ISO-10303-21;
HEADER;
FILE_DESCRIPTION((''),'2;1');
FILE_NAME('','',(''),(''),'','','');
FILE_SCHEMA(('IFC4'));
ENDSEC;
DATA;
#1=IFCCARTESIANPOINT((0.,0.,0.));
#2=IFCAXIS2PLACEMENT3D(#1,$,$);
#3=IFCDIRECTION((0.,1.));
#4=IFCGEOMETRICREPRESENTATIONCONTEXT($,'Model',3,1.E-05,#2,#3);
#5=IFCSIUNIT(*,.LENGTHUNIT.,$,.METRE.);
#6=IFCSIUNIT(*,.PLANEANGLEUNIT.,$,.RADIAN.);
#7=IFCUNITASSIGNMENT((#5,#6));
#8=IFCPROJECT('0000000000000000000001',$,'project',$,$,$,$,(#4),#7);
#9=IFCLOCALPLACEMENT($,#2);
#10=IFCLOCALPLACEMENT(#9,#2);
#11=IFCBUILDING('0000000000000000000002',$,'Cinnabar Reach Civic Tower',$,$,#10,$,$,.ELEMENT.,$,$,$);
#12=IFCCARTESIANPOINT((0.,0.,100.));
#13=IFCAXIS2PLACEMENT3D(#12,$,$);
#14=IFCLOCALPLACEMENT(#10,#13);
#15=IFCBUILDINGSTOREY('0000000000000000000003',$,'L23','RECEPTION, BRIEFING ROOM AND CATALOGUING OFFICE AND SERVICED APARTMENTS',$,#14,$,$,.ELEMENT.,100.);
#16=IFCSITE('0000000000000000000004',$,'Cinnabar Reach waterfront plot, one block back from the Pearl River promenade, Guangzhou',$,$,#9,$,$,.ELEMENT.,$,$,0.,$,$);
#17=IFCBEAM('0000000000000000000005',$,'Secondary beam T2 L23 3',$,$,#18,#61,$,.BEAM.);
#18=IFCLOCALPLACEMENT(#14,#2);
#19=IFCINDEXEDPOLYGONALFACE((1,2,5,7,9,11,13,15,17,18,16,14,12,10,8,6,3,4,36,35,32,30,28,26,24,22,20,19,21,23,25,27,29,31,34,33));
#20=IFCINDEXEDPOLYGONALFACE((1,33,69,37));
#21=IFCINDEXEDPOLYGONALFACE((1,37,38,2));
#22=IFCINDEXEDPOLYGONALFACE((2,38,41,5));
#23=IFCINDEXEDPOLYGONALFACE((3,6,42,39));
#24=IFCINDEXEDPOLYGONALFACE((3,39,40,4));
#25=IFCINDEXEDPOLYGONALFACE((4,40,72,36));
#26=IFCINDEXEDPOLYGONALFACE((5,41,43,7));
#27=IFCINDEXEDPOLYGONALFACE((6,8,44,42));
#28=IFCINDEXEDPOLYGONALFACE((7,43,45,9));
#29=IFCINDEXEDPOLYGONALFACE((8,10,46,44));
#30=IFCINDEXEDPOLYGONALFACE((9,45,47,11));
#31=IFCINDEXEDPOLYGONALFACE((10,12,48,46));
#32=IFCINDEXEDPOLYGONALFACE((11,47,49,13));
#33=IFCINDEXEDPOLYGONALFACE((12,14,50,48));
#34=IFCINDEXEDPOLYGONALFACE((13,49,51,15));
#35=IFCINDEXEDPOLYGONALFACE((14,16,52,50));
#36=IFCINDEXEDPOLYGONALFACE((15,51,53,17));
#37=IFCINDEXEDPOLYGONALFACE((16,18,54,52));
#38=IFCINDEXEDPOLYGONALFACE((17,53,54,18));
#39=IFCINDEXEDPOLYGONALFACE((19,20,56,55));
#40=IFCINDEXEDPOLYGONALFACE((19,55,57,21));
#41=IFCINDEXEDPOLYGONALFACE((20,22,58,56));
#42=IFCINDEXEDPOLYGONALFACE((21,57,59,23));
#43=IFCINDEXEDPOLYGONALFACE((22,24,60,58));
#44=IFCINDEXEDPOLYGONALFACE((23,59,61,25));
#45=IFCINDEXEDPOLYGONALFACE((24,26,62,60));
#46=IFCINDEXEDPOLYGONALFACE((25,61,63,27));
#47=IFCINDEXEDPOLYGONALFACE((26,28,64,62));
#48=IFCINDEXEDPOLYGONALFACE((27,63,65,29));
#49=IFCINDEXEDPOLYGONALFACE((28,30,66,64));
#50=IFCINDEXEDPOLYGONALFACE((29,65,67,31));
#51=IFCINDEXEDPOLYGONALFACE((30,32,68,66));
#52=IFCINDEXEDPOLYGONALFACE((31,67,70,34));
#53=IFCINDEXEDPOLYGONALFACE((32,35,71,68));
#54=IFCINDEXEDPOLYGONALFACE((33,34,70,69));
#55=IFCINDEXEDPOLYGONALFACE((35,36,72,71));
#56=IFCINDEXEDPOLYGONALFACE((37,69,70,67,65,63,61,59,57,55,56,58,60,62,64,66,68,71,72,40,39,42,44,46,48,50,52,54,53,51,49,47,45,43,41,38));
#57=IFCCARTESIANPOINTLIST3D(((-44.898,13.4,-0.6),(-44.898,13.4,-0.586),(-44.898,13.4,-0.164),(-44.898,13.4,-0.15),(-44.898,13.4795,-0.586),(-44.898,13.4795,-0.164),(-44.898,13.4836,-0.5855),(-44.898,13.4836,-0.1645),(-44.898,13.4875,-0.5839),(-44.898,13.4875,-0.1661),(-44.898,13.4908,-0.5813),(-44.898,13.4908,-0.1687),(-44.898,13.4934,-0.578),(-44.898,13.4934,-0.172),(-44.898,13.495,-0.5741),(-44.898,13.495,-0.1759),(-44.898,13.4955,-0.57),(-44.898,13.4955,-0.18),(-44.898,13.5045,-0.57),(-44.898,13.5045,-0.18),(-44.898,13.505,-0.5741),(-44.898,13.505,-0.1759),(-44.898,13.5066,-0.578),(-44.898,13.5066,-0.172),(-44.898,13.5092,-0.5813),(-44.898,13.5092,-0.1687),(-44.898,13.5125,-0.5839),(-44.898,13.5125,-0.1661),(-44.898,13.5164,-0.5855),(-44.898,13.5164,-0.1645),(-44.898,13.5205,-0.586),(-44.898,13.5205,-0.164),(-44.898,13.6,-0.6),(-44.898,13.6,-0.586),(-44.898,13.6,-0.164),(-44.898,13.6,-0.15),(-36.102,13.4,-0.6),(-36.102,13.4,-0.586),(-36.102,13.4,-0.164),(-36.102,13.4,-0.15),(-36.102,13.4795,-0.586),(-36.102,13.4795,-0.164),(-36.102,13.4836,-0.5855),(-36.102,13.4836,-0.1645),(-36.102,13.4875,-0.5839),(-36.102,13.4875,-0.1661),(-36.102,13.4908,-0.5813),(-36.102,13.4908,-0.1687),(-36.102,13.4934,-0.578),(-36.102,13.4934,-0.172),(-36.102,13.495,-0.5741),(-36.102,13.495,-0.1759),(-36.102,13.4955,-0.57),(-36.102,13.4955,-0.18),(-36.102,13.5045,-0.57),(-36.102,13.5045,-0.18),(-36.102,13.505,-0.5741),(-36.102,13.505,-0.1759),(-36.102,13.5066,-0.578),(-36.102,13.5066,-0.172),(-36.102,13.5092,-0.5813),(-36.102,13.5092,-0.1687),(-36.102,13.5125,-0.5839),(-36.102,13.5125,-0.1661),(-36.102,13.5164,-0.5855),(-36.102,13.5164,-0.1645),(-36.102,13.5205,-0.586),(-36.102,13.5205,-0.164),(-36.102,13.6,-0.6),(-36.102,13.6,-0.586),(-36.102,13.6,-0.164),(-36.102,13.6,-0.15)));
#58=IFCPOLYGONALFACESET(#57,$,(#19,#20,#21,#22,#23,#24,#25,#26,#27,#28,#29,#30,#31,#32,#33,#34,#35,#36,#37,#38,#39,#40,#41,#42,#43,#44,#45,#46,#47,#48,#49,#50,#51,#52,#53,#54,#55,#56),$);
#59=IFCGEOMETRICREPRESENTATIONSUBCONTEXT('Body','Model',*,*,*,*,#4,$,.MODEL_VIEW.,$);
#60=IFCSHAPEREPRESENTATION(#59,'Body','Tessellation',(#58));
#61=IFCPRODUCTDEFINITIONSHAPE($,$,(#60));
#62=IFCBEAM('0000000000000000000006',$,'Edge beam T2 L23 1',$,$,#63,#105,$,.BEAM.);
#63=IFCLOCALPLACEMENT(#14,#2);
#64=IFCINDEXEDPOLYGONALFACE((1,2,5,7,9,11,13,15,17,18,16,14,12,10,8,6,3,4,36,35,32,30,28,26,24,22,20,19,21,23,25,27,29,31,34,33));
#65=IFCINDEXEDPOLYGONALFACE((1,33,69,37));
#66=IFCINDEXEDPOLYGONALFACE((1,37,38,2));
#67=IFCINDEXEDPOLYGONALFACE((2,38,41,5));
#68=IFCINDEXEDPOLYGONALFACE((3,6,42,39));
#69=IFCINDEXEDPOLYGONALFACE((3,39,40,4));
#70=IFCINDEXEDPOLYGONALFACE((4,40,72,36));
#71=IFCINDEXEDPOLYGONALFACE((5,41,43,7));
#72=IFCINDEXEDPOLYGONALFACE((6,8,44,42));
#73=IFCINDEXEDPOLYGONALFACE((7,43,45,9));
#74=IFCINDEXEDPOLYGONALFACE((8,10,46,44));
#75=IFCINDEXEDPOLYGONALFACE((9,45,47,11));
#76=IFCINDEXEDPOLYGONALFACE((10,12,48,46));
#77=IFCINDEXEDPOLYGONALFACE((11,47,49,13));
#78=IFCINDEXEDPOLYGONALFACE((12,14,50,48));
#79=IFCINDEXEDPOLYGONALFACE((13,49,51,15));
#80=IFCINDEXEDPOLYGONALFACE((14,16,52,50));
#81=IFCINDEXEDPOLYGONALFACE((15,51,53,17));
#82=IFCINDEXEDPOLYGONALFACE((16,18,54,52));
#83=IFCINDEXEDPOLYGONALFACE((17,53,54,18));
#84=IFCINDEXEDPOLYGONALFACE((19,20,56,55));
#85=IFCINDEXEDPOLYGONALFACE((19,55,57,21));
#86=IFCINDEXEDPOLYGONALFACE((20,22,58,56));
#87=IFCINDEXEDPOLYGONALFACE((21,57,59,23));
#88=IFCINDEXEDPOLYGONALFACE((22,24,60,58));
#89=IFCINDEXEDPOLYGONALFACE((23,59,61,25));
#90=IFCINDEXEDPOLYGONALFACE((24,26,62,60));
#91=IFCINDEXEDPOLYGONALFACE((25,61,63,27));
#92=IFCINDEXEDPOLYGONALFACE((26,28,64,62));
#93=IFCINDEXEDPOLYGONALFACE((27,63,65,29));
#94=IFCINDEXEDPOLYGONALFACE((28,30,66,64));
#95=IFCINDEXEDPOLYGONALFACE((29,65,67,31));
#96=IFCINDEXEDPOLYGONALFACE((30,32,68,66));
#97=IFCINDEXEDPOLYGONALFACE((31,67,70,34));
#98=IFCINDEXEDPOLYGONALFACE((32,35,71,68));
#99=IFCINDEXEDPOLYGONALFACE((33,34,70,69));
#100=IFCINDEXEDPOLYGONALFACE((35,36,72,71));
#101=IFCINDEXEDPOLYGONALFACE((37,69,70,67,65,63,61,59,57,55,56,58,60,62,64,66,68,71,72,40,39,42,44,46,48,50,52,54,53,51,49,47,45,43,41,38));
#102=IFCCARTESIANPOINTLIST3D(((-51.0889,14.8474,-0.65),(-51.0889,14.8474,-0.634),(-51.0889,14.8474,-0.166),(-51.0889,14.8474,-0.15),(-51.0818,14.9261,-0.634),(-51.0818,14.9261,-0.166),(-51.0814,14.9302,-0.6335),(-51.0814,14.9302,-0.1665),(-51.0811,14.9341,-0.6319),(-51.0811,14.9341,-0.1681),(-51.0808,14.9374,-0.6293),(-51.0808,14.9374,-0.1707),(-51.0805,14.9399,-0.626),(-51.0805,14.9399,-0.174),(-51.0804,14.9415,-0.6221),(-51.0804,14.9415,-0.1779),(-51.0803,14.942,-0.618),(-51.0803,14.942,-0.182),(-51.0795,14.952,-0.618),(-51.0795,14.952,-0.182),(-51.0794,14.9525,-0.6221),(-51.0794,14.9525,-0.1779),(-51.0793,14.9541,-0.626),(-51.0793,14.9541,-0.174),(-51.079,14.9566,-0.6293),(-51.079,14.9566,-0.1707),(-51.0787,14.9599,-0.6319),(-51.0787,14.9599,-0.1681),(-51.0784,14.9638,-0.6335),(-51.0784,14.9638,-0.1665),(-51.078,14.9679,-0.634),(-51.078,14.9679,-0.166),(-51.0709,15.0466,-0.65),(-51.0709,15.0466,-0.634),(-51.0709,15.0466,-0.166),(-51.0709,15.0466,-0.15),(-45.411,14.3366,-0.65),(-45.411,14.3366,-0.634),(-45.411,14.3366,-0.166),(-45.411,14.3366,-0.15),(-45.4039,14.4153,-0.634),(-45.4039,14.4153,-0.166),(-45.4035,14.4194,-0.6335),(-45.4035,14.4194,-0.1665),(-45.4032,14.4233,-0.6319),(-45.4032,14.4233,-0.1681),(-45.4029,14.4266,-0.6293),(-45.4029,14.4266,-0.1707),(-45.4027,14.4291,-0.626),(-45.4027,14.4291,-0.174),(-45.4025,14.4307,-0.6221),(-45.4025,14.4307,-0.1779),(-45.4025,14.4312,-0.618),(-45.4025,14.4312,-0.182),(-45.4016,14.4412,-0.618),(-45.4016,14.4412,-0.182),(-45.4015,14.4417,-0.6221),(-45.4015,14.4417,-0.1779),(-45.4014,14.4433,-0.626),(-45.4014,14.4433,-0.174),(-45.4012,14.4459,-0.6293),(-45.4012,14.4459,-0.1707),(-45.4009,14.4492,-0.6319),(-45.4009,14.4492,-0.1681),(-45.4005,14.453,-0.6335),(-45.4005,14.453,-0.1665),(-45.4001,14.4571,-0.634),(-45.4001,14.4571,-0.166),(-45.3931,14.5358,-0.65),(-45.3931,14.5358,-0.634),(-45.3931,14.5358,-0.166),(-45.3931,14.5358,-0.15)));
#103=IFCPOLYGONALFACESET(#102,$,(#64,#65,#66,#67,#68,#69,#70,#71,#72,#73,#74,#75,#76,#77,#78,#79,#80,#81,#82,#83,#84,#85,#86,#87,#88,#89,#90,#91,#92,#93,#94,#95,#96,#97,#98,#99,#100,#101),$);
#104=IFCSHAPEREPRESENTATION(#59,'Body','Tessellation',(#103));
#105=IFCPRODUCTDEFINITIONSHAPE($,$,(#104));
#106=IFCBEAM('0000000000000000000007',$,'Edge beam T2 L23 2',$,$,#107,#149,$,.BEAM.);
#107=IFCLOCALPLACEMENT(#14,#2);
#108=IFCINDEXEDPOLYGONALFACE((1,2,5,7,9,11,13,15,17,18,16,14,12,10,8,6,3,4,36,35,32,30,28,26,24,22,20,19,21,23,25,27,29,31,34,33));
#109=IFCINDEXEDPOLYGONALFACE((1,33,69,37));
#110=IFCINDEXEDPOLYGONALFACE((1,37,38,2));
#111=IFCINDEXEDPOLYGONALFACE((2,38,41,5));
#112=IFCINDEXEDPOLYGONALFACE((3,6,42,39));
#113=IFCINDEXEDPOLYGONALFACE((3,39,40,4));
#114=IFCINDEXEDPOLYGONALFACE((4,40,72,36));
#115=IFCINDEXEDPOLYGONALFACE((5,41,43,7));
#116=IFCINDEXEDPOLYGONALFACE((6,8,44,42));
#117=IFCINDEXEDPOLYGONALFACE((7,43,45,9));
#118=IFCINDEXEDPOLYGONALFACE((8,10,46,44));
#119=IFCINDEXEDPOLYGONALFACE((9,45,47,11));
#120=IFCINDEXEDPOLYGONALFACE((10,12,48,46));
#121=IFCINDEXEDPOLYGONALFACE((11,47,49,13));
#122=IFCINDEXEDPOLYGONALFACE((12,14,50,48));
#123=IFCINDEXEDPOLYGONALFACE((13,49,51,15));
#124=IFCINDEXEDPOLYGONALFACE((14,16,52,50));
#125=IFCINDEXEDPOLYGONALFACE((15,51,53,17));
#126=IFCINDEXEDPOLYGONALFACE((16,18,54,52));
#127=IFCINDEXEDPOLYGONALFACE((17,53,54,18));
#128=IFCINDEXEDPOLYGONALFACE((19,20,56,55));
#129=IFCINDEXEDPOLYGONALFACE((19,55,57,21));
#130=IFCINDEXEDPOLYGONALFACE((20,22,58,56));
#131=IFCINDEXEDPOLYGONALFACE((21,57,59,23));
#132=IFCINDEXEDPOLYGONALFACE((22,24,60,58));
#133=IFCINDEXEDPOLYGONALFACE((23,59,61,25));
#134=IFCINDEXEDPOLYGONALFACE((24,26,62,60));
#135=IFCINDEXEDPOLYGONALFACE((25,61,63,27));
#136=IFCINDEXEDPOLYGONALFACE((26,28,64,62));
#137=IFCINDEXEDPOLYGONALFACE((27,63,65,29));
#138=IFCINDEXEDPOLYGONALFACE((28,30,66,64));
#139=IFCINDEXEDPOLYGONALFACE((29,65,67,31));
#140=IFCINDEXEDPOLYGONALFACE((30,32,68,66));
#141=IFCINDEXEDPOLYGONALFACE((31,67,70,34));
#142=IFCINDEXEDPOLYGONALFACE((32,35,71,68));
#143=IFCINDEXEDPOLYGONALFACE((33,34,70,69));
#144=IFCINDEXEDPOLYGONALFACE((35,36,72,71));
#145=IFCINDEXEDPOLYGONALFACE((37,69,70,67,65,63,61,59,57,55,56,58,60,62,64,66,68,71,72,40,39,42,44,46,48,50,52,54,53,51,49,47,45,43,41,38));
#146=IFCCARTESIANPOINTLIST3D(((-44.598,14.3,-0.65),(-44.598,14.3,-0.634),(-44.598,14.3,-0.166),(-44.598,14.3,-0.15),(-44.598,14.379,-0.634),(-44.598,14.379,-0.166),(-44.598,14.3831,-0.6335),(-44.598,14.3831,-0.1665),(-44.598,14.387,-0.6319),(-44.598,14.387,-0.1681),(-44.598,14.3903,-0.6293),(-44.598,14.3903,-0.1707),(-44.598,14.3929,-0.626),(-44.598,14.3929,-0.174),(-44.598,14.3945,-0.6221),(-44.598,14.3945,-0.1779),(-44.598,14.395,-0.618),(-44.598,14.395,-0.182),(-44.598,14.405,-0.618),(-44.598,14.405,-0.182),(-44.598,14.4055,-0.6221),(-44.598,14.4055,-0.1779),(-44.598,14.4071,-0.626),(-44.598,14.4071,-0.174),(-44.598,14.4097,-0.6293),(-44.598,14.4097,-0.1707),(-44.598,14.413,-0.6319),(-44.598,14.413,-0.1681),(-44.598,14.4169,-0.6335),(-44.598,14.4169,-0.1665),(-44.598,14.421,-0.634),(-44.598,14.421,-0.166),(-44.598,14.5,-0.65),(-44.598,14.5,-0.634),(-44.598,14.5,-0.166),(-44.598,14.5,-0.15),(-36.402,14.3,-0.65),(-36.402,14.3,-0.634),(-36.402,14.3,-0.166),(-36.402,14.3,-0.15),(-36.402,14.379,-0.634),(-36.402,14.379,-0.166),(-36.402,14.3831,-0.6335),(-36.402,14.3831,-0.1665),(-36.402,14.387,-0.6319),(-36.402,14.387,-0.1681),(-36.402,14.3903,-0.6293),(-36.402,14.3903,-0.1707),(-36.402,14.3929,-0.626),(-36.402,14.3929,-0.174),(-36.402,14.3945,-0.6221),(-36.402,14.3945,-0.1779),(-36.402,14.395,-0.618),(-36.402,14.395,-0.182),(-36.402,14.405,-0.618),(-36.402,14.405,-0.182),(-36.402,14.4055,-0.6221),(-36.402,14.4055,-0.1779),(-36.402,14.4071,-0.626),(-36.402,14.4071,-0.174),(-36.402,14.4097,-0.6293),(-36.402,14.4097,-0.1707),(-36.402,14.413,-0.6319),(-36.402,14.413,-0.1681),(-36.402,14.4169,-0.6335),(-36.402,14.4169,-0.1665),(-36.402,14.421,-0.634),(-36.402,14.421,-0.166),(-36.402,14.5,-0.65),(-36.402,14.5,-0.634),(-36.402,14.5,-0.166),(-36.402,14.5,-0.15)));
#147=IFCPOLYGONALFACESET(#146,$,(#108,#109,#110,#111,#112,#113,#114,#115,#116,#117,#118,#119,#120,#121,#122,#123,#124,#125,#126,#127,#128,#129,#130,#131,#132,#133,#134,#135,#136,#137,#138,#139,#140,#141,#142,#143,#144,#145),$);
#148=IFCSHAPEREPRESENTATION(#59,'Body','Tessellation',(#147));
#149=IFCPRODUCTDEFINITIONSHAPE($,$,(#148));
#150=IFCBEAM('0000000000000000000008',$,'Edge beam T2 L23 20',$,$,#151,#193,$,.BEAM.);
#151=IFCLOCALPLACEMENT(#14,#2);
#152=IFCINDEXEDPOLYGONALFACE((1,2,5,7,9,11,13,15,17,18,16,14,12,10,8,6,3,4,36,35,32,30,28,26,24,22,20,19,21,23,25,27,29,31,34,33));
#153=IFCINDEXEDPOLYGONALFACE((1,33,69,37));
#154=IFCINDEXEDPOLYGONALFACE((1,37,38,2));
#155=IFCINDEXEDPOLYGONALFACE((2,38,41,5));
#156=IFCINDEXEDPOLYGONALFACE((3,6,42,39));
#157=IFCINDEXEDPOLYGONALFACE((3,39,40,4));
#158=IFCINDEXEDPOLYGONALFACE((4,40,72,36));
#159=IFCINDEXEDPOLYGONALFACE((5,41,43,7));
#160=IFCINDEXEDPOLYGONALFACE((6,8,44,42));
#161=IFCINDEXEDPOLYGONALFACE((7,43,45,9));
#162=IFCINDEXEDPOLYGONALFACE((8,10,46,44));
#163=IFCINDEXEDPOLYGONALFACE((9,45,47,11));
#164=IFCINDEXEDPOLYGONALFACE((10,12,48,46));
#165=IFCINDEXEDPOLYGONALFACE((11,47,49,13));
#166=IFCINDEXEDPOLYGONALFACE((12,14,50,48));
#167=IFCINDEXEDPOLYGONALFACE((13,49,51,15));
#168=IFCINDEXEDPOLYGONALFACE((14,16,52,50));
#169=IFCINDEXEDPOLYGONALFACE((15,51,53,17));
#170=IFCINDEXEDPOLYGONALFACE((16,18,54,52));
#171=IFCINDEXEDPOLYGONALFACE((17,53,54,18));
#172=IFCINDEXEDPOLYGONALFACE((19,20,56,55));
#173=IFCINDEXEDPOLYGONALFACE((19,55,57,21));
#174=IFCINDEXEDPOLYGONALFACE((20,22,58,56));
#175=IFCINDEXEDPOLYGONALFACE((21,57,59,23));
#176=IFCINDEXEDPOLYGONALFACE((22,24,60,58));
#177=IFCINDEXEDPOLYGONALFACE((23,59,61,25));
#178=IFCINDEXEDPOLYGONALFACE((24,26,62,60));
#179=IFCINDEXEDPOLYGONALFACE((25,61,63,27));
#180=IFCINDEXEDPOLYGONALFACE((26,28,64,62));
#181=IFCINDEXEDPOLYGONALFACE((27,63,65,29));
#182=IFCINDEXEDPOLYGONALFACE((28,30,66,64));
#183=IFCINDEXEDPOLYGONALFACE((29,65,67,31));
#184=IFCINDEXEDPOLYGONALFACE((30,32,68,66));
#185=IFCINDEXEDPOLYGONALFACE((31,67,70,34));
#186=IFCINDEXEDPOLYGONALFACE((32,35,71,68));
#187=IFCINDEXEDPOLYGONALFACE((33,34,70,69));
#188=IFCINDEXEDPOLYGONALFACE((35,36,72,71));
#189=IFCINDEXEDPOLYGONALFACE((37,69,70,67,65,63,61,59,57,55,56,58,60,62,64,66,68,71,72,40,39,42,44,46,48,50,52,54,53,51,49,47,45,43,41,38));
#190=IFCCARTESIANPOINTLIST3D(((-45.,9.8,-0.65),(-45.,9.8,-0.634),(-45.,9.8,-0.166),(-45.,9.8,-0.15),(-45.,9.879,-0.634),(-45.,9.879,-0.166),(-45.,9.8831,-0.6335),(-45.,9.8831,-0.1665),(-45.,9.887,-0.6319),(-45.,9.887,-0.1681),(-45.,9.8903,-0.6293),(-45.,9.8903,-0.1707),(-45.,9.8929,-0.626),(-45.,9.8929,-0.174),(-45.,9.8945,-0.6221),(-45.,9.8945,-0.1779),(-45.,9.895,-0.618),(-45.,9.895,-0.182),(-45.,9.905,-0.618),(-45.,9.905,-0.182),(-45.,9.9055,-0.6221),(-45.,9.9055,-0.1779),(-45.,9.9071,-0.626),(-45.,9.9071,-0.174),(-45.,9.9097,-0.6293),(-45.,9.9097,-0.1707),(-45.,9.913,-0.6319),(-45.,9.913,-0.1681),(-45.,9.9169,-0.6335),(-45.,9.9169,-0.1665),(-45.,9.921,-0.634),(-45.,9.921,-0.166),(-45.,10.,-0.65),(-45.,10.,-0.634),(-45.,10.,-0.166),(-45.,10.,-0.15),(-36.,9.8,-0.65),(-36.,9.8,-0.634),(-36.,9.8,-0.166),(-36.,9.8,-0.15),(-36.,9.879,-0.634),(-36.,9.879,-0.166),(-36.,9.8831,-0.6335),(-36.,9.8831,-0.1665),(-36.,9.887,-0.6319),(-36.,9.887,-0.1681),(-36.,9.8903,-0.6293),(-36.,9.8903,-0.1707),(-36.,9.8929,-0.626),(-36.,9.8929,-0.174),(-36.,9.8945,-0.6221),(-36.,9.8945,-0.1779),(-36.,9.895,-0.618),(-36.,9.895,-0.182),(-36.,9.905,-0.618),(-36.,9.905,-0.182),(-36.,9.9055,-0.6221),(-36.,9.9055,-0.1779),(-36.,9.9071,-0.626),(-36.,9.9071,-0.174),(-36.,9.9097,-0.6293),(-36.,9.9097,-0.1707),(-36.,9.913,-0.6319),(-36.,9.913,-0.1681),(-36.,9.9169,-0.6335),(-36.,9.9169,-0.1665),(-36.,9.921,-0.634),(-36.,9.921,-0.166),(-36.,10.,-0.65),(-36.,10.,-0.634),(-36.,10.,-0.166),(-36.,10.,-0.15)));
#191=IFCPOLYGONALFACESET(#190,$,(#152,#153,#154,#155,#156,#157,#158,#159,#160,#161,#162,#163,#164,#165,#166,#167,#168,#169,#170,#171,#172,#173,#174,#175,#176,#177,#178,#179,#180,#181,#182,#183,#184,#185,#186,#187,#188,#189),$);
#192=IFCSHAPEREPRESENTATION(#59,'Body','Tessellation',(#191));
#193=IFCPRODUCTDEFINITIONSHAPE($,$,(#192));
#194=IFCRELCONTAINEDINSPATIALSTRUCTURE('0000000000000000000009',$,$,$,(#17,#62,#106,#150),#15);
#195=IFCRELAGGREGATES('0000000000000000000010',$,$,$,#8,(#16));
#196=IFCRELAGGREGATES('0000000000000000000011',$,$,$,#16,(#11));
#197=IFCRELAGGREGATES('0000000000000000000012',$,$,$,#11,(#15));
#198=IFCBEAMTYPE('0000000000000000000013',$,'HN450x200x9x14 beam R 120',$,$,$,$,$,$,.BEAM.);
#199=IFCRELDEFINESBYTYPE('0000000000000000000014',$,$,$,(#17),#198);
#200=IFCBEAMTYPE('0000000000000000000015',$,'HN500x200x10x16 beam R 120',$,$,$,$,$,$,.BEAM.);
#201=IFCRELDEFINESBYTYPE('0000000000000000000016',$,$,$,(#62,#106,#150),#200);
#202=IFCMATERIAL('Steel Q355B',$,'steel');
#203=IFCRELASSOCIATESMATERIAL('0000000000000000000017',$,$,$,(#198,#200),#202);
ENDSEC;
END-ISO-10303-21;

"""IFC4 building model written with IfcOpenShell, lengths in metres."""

from ifc_helpers import new_model, si_unit, direction, frame, origin, origin_2d, place, context, subcontext, project, spatial, i_section, extrude, material, material_profile, profile_set, type_object, element, save


model = new_model("IFC4")

# Units and contexts
model_context = context("Model", 3, precision=1e-05, world=origin(), true_north=direction((0.0, 1.0)))
body_context = subcontext(model_context, "Body", "Model", "MODEL_VIEW")
ifc_project = project(units=[si_unit("LENGTHUNIT", "METRE"), si_unit("PLANEANGLEUNIT", "RADIAN")], contexts=[model_context])

# Site, building, storey
site_placement = place(None, origin())
site = spatial("IfcSite", under=ifc_project, at=site_placement, Name="Cinnabar Reach waterfront plot, one block back from the Pearl River promenade, Guangzhou", CompositionType="ELEMENT", RefElevation=0.0)
building_placement = place(site_placement, origin())
building = spatial("IfcBuilding", under=site, at=building_placement, Name="Cinnabar Reach Civic Tower", CompositionType="ELEMENT")
storey_placement = place(building_placement, frame((0.0, 0.0, 100.0)))
storey = spatial("IfcBuildingStorey", under=building, at=storey_placement, Name="L23", Description="RECEPTION, BRIEFING ROOM AND CATALOGUING OFFICE AND SERVICED APARTMENTS", CompositionType="ELEMENT", Elevation=100.0)

# Beams
ifc_material_1 = material(Name="Steel Q355B", Category="steel")
ifc_material_profile_1 = material_profile(ifc_material_1, i_section(OverallWidth=0.2, OverallDepth=0.45, WebThickness=0.009, FlangeThickness=0.014, FilletRadius=0.016, at=origin_2d()), Name="HN450x200x9x14")
ifc_profile_set_1 = profile_set([ifc_material_profile_1], Name="Steel Q355B")
beam_type_1 = type_object("IfcBeamType", Name="HN450x200x9x14 beam R 120", PredefinedType="BEAM", material=ifc_profile_set_1)
beam_1_placement = place(storey_placement, frame((-44.898, 13.5, -0.375), z_axis=(1.0, 0.0, 0.0), x_axis=(0.0, 1.0, 0.0)))
element("IfcBeam", 1, at=beam_1_placement, inside=storey, type_object=beam_type_1, Name="Secondary beam T2 L23 3", PredefinedType="BEAM", context=body_context, shape_type="SweptSolid", body=[
    extrude(i_section(OverallWidth=0.2, OverallDepth=0.45, WebThickness=0.009, FlangeThickness=0.014, FilletRadius=0.016, at=origin_2d()), origin(), (0.0, 0.0, 1.0), 8.796),
])
ifc_material_profile_2 = material_profile(ifc_material_1, i_section(OverallWidth=0.2, OverallDepth=0.5, WebThickness=0.01, FlangeThickness=0.016, FilletRadius=0.016, at=origin_2d()), Name="HN500x200x10x16")
ifc_profile_set_2 = profile_set([ifc_material_profile_2], Name="Steel Q355B")
beam_type_2 = type_object("IfcBeamType", Name="HN500x200x10x16 beam R 120", PredefinedType="BEAM", material=ifc_profile_set_2)
beam_2_placement = place(storey_placement, frame((-51.0799, 14.947, -0.4), z_axis=(0.995978, -0.089601, 0.0), x_axis=(0.089601, 0.995978, 0.0)))
element("IfcBeam", 2, at=beam_2_placement, inside=storey, type_object=beam_type_2, Name="Edge beam T2 L23 1", PredefinedType="BEAM", context=body_context, shape_type="SweptSolid", body=[
    extrude(i_section(OverallWidth=0.2, OverallDepth=0.5, WebThickness=0.01, FlangeThickness=0.016, FilletRadius=0.016, at=origin_2d()), origin(), (0.0, 0.0, 1.0), 5.7008),
])
beam_3_placement = place(storey_placement, frame((-44.598, 14.4, -0.4), z_axis=(1.0, 0.0, 0.0), x_axis=(0.0, 1.0, 0.0)))
element("IfcBeam", 3, at=beam_3_placement, inside=storey, type_object=beam_type_2, Name="Edge beam T2 L23 2", PredefinedType="BEAM", context=body_context, shape_type="SweptSolid", body=[
    extrude(i_section(OverallWidth=0.2, OverallDepth=0.5, WebThickness=0.01, FlangeThickness=0.016, FilletRadius=0.016, at=origin_2d()), origin(), (0.0, 0.0, 1.0), 8.196),
])
beam_4_placement = place(storey_placement, frame((-45.0, 9.9, -0.4), z_axis=(1.0, 0.0, 0.0), x_axis=(0.0, 1.0, 0.0)))
element("IfcBeam", 4, at=beam_4_placement, inside=storey, type_object=beam_type_2, Name="Edge beam T2 L23 20", PredefinedType="BEAM", context=body_context, shape_type="SweptSolid", body=[
    extrude(i_section(OverallWidth=0.2, OverallDepth=0.5, WebThickness=0.01, FlangeThickness=0.016, FilletRadius=0.016, at=origin_2d()), origin(), (0.0, 0.0, 1.0), 9.0),
])

save(model, "model.ifc")
